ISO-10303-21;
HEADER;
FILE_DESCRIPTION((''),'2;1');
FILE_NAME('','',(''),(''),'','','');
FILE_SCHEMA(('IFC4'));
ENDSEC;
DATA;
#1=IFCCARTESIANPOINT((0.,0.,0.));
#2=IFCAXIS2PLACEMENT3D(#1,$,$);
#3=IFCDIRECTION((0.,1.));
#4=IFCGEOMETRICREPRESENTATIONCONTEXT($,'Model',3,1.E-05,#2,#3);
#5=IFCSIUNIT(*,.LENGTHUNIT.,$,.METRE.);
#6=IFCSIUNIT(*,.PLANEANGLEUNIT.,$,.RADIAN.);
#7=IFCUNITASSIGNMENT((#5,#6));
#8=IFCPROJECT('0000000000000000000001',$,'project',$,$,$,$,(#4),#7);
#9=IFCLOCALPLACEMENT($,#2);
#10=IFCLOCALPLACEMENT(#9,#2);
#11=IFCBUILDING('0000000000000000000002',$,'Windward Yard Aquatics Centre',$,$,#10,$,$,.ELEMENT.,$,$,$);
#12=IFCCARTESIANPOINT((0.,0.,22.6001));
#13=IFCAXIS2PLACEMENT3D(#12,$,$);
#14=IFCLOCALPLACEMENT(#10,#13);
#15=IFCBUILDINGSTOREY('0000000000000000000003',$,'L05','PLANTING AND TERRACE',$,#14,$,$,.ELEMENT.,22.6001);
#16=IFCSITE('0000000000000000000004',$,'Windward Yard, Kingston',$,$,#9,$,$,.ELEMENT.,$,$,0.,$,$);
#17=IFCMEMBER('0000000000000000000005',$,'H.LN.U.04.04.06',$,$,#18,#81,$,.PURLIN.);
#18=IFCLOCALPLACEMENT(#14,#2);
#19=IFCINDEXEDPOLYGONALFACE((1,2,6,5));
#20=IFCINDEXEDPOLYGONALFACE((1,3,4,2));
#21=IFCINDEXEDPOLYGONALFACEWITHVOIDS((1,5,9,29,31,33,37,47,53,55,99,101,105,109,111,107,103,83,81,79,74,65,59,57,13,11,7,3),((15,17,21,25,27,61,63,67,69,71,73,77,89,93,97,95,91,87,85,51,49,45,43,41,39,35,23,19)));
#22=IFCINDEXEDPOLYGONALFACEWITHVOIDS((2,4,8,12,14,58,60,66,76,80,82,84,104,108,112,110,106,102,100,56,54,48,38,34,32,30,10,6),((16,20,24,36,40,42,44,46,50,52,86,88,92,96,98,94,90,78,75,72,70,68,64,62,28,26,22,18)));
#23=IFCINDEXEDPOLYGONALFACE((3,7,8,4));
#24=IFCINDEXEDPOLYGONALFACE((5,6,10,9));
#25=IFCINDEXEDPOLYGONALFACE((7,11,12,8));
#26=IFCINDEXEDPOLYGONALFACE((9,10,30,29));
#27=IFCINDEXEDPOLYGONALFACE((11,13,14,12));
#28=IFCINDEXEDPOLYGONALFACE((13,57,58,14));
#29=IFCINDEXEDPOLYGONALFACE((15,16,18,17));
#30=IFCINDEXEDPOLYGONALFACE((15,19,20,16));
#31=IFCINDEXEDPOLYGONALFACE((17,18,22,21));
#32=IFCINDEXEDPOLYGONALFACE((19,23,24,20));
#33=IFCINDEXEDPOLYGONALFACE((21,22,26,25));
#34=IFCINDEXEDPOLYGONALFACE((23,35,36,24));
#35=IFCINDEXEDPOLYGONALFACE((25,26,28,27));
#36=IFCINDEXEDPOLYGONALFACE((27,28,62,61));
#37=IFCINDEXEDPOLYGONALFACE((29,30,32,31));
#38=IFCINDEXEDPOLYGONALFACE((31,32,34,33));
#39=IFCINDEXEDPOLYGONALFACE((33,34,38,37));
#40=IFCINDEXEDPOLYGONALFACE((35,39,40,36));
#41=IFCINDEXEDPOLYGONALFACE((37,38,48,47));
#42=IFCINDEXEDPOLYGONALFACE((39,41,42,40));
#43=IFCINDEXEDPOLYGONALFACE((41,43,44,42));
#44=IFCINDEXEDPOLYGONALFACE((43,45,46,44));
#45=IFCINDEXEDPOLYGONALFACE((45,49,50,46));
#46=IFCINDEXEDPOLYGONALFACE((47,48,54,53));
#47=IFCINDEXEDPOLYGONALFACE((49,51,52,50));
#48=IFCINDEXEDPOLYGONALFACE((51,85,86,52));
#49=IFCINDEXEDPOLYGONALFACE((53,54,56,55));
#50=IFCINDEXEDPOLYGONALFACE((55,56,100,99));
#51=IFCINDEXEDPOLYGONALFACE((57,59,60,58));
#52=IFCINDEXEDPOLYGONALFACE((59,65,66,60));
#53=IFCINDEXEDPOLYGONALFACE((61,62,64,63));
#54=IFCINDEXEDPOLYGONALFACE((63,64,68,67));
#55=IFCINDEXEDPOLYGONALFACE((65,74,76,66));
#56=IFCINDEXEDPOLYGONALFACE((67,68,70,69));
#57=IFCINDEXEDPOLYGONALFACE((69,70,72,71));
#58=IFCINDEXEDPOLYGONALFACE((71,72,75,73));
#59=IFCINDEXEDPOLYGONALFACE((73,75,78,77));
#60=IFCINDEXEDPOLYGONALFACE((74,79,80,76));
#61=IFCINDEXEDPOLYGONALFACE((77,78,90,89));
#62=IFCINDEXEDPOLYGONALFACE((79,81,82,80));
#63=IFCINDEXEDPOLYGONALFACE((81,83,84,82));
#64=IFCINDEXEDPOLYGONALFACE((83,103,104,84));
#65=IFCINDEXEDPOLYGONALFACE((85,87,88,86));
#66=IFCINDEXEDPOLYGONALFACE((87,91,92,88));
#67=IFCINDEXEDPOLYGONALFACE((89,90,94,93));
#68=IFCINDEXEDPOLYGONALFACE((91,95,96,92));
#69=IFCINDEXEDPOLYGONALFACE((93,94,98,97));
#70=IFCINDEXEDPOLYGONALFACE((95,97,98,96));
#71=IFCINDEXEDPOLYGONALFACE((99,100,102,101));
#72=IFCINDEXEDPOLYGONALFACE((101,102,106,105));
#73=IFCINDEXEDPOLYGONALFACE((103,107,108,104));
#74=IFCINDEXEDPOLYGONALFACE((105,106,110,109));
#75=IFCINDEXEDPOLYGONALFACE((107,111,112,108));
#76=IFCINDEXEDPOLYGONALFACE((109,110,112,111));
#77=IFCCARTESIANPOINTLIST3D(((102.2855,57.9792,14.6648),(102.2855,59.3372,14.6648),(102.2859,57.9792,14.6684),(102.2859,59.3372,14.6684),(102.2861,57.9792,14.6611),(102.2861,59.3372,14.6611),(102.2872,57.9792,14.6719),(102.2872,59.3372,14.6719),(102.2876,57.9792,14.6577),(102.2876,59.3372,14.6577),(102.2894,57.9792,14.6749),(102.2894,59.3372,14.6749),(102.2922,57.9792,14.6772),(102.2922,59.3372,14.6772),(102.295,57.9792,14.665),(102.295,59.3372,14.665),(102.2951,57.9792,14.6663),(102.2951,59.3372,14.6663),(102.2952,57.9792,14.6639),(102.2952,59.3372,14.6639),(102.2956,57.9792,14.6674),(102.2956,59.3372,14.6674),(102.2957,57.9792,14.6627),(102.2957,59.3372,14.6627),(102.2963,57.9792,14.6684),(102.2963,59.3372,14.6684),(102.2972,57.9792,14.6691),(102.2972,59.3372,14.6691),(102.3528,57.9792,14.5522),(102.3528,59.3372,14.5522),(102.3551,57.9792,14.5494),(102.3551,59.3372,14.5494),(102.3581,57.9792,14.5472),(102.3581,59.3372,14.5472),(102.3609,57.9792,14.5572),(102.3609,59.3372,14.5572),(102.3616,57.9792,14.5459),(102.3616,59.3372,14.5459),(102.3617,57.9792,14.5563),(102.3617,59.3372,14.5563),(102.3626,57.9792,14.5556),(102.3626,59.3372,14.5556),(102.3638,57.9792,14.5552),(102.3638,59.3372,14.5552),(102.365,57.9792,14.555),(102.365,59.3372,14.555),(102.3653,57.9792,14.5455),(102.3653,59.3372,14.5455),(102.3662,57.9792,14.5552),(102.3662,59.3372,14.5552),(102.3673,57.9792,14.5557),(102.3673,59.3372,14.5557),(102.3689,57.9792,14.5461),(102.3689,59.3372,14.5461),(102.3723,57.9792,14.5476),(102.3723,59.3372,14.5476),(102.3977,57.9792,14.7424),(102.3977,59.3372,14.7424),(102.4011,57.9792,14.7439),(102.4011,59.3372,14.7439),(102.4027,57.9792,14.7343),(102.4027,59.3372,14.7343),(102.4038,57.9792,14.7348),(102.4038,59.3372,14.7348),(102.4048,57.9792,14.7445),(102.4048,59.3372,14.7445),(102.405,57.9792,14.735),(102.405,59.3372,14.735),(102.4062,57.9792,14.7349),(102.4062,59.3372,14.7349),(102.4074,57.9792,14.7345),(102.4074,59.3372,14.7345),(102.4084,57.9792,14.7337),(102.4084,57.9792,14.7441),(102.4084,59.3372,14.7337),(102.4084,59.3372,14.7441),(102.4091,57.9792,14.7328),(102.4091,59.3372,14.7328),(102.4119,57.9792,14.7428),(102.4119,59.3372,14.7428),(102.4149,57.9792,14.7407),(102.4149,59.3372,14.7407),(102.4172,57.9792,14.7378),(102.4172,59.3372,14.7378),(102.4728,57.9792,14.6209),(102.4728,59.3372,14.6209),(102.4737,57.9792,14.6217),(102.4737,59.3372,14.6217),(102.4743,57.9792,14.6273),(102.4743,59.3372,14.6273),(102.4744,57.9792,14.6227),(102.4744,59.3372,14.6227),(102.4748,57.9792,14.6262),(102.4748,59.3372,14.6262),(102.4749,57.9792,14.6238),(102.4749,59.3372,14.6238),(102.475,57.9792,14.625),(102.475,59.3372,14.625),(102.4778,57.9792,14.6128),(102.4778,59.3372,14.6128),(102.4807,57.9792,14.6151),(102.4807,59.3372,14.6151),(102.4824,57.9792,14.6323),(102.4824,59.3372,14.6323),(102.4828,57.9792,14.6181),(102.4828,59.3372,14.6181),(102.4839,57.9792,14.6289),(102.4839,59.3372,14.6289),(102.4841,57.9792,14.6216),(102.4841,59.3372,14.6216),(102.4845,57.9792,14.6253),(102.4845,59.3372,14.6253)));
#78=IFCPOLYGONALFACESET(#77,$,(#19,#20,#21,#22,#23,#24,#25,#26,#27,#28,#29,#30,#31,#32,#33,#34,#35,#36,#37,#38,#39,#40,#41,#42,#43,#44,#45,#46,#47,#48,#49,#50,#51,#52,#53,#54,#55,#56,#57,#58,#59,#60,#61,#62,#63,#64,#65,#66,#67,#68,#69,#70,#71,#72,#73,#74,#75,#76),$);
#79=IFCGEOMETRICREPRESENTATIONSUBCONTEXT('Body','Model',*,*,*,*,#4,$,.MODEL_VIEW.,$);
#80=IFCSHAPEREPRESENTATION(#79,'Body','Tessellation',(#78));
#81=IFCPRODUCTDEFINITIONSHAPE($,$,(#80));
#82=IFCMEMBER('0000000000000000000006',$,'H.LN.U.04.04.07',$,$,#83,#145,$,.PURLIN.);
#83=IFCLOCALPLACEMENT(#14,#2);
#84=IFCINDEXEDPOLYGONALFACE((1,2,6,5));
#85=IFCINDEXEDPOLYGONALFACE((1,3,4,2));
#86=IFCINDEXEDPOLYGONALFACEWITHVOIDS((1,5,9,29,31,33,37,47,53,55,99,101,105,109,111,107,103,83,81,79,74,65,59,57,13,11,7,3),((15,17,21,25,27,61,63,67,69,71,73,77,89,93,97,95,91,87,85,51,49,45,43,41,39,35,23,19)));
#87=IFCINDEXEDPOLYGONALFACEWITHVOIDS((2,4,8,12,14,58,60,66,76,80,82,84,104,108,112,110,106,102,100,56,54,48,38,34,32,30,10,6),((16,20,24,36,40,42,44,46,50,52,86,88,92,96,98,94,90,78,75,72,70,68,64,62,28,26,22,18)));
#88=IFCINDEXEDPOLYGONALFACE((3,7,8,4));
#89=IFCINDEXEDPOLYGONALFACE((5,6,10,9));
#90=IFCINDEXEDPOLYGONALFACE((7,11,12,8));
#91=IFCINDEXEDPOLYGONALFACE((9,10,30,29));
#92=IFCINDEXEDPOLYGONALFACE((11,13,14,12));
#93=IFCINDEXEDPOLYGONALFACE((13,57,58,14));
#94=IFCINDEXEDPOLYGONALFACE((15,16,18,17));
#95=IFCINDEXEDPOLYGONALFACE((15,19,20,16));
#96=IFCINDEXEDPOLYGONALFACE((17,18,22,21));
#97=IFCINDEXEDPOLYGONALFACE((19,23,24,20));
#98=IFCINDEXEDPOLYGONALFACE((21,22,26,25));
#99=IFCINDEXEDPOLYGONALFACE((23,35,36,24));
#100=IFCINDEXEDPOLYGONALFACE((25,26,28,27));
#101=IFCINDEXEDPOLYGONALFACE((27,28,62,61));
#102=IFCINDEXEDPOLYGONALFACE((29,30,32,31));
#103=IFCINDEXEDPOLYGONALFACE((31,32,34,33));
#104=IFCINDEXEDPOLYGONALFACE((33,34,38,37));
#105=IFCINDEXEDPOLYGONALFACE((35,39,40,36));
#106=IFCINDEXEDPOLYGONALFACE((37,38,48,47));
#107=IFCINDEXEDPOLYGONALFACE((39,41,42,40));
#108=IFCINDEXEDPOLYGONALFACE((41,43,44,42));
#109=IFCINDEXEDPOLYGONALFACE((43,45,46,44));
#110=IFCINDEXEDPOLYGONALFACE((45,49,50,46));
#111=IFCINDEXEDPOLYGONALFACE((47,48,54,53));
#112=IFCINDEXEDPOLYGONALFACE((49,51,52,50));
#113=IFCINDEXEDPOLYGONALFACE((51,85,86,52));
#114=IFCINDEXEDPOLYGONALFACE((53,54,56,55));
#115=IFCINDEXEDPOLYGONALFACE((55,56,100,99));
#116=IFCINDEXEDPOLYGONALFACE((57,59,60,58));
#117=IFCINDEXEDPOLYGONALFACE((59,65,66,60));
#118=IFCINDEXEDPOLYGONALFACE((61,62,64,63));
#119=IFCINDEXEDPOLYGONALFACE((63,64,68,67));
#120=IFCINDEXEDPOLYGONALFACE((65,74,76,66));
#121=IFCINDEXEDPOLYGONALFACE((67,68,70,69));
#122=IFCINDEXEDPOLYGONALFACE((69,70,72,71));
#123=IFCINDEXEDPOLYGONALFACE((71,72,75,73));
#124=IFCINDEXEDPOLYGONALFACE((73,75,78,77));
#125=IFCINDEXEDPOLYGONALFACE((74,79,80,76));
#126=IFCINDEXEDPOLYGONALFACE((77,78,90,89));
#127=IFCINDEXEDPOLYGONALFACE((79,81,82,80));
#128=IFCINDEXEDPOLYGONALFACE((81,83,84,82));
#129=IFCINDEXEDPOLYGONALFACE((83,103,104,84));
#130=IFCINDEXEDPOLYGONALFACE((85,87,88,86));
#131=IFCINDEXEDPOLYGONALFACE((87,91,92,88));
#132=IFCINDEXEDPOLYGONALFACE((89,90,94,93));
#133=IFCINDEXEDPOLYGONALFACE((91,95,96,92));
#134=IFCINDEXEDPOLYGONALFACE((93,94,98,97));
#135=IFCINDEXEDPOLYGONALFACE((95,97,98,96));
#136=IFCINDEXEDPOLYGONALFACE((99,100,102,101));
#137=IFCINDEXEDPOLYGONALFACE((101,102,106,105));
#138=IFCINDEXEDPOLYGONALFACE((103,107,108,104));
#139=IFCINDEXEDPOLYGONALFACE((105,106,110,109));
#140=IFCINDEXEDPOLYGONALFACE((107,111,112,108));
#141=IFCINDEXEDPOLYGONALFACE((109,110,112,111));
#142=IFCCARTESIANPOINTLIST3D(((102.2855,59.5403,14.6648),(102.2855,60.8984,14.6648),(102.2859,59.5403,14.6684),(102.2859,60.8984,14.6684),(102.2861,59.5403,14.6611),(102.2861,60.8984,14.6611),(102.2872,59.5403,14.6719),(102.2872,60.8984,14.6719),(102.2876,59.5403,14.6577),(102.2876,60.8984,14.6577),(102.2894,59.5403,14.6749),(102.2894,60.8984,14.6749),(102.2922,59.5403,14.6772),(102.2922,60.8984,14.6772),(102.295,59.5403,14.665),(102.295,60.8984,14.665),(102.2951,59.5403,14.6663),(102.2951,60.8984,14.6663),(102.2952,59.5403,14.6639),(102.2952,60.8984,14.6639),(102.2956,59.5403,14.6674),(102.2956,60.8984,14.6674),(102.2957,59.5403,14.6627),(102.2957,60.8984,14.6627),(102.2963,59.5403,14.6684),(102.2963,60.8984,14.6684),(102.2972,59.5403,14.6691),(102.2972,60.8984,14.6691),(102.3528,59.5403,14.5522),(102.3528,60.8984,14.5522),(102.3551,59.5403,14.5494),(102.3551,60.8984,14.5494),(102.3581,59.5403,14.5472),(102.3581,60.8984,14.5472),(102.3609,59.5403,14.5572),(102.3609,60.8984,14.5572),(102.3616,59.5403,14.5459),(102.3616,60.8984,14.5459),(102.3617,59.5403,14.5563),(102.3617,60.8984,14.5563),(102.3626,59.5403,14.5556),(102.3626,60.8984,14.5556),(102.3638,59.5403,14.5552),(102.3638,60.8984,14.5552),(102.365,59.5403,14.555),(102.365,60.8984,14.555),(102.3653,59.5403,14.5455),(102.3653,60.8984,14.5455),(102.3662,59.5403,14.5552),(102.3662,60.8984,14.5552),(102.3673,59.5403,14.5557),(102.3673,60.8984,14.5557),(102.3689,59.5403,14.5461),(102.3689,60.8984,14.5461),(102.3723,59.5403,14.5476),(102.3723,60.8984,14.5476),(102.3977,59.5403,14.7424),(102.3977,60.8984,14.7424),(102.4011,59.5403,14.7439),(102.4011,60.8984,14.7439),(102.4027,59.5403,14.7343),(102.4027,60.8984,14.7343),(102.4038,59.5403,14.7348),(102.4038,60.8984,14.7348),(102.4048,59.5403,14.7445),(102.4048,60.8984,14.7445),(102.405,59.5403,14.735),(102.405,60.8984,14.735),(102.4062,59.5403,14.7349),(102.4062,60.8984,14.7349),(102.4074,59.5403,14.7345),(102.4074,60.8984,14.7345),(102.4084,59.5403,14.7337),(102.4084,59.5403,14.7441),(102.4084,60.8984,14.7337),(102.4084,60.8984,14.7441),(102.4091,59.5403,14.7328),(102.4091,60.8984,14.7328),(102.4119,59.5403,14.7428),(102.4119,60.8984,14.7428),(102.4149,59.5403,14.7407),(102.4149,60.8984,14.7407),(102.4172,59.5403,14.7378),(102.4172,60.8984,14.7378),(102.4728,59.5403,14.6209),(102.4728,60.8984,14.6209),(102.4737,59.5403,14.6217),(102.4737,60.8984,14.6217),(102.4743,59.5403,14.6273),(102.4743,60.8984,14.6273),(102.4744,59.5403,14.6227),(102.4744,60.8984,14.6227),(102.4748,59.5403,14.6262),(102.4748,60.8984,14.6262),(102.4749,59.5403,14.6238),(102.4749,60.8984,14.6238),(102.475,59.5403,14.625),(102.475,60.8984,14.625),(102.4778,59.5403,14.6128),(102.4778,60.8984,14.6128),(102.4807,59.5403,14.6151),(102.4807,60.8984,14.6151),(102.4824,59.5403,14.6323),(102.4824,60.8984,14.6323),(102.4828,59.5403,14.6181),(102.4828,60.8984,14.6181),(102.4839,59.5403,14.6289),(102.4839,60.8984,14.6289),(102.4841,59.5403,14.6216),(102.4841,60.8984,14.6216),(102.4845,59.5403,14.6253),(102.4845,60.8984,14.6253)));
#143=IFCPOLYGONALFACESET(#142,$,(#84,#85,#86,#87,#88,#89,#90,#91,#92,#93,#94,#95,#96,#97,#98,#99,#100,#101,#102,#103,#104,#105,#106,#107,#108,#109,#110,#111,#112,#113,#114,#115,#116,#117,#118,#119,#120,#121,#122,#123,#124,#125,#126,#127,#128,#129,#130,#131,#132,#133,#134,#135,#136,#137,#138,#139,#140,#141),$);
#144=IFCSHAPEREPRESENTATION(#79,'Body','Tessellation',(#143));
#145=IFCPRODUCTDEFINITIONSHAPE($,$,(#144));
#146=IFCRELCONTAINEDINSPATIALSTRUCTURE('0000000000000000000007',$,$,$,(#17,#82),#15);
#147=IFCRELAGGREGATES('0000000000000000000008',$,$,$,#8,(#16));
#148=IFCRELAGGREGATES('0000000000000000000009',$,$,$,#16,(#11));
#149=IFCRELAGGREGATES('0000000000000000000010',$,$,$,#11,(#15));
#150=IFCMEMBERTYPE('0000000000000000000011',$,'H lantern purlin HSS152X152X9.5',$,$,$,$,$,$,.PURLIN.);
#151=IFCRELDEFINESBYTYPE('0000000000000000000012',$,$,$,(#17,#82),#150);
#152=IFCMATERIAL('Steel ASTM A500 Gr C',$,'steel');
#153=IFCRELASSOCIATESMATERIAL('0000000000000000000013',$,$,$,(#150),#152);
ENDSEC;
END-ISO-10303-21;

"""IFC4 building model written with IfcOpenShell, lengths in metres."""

from ifc_helpers import new_model, si_unit, direction, frame, origin, origin_2d, place, context, subcontext, project, spatial, hollow_rectangle, extrude, material, material_profile, profile_set, type_object, element, save


model = new_model("IFC4")

# Units and contexts
model_context = context("Model", 3, precision=1e-05, world=origin(), true_north=direction((0.0, 1.0)))
body_context = subcontext(model_context, "Body", "Model", "MODEL_VIEW")
ifc_project = project(units=[si_unit("LENGTHUNIT", "METRE"), si_unit("PLANEANGLEUNIT", "RADIAN")], contexts=[model_context])

# Site, building, storey
site_placement = place(None, origin())
site = spatial("IfcSite", under=ifc_project, at=site_placement, Name="Windward Yard, Kingston", CompositionType="ELEMENT", RefElevation=0.0)
building_placement = place(site_placement, origin())
building = spatial("IfcBuilding", under=site, at=building_placement, Name="Windward Yard Aquatics Centre", CompositionType="ELEMENT")
storey_placement = place(building_placement, frame((0.0, 0.0, 22.6001)))
storey = spatial("IfcBuildingStorey", under=building, at=storey_placement, Name="L05", Description="PLANTING AND TERRACE", CompositionType="ELEMENT", Elevation=22.6001)

# Members
ifc_material_1 = material(Name="Steel ASTM A500 Gr C", Category="steel")
ifc_material_profile = material_profile(ifc_material_1, hollow_rectangle(XDim=0.1523, YDim=0.1523, WallThickness=0.0095, InnerFilletRadius=0.0046, OuterFilletRadius=0.0142, at=origin_2d()), Name="HSS152X152X9.5")
ifc_profile_set = profile_set([ifc_material_profile], Name="Steel ASTM A500 Gr C")
member_type = type_object("IfcMemberType", Name="H lantern purlin HSS152X152X9.5", PredefinedType="PURLIN", material=ifc_profile_set)
member_1_placement = place(storey_placement, frame((102.385, 57.9792, 14.645), z_axis=(0.0, 1.0, 0.0), x_axis=(-0.850755, 0.0, -0.525562)))
element("IfcMember", 1, at=member_1_placement, inside=storey, type_object=member_type, Name="H.LN.U.04.04.06", PredefinedType="PURLIN", context=body_context, shape_type="SweptSolid", body=[
    extrude(hollow_rectangle(XDim=0.1523, YDim=0.1523, WallThickness=0.0095, InnerFilletRadius=0.0046, OuterFilletRadius=0.0142, at=origin_2d()), origin(), (0.0, 0.0, 1.0), 1.3579),
])
for number, where, z_axis, x_axis, name in (
    (2, (102.385, 59.5403, 14.645), (0.0, 1.0, 0.0), (-0.850755, 0.0, -0.525562), "H.LN.U.04.04.07"),
):
    element("IfcMember", number, at=place(storey_placement, frame(where, z_axis=z_axis, x_axis=x_axis)), inside=storey, type_object=member_type, Name=name, PredefinedType="PURLIN", context=body_context, shape_type="SweptSolid", body=[
        extrude(hollow_rectangle(XDim=0.1523, YDim=0.1523, WallThickness=0.0095, InnerFilletRadius=0.0046, OuterFilletRadius=0.0142, at=origin_2d()), origin(), (0.0, 0.0, 1.0), 1.3582),
    ])

save(model, "model.ifc")
